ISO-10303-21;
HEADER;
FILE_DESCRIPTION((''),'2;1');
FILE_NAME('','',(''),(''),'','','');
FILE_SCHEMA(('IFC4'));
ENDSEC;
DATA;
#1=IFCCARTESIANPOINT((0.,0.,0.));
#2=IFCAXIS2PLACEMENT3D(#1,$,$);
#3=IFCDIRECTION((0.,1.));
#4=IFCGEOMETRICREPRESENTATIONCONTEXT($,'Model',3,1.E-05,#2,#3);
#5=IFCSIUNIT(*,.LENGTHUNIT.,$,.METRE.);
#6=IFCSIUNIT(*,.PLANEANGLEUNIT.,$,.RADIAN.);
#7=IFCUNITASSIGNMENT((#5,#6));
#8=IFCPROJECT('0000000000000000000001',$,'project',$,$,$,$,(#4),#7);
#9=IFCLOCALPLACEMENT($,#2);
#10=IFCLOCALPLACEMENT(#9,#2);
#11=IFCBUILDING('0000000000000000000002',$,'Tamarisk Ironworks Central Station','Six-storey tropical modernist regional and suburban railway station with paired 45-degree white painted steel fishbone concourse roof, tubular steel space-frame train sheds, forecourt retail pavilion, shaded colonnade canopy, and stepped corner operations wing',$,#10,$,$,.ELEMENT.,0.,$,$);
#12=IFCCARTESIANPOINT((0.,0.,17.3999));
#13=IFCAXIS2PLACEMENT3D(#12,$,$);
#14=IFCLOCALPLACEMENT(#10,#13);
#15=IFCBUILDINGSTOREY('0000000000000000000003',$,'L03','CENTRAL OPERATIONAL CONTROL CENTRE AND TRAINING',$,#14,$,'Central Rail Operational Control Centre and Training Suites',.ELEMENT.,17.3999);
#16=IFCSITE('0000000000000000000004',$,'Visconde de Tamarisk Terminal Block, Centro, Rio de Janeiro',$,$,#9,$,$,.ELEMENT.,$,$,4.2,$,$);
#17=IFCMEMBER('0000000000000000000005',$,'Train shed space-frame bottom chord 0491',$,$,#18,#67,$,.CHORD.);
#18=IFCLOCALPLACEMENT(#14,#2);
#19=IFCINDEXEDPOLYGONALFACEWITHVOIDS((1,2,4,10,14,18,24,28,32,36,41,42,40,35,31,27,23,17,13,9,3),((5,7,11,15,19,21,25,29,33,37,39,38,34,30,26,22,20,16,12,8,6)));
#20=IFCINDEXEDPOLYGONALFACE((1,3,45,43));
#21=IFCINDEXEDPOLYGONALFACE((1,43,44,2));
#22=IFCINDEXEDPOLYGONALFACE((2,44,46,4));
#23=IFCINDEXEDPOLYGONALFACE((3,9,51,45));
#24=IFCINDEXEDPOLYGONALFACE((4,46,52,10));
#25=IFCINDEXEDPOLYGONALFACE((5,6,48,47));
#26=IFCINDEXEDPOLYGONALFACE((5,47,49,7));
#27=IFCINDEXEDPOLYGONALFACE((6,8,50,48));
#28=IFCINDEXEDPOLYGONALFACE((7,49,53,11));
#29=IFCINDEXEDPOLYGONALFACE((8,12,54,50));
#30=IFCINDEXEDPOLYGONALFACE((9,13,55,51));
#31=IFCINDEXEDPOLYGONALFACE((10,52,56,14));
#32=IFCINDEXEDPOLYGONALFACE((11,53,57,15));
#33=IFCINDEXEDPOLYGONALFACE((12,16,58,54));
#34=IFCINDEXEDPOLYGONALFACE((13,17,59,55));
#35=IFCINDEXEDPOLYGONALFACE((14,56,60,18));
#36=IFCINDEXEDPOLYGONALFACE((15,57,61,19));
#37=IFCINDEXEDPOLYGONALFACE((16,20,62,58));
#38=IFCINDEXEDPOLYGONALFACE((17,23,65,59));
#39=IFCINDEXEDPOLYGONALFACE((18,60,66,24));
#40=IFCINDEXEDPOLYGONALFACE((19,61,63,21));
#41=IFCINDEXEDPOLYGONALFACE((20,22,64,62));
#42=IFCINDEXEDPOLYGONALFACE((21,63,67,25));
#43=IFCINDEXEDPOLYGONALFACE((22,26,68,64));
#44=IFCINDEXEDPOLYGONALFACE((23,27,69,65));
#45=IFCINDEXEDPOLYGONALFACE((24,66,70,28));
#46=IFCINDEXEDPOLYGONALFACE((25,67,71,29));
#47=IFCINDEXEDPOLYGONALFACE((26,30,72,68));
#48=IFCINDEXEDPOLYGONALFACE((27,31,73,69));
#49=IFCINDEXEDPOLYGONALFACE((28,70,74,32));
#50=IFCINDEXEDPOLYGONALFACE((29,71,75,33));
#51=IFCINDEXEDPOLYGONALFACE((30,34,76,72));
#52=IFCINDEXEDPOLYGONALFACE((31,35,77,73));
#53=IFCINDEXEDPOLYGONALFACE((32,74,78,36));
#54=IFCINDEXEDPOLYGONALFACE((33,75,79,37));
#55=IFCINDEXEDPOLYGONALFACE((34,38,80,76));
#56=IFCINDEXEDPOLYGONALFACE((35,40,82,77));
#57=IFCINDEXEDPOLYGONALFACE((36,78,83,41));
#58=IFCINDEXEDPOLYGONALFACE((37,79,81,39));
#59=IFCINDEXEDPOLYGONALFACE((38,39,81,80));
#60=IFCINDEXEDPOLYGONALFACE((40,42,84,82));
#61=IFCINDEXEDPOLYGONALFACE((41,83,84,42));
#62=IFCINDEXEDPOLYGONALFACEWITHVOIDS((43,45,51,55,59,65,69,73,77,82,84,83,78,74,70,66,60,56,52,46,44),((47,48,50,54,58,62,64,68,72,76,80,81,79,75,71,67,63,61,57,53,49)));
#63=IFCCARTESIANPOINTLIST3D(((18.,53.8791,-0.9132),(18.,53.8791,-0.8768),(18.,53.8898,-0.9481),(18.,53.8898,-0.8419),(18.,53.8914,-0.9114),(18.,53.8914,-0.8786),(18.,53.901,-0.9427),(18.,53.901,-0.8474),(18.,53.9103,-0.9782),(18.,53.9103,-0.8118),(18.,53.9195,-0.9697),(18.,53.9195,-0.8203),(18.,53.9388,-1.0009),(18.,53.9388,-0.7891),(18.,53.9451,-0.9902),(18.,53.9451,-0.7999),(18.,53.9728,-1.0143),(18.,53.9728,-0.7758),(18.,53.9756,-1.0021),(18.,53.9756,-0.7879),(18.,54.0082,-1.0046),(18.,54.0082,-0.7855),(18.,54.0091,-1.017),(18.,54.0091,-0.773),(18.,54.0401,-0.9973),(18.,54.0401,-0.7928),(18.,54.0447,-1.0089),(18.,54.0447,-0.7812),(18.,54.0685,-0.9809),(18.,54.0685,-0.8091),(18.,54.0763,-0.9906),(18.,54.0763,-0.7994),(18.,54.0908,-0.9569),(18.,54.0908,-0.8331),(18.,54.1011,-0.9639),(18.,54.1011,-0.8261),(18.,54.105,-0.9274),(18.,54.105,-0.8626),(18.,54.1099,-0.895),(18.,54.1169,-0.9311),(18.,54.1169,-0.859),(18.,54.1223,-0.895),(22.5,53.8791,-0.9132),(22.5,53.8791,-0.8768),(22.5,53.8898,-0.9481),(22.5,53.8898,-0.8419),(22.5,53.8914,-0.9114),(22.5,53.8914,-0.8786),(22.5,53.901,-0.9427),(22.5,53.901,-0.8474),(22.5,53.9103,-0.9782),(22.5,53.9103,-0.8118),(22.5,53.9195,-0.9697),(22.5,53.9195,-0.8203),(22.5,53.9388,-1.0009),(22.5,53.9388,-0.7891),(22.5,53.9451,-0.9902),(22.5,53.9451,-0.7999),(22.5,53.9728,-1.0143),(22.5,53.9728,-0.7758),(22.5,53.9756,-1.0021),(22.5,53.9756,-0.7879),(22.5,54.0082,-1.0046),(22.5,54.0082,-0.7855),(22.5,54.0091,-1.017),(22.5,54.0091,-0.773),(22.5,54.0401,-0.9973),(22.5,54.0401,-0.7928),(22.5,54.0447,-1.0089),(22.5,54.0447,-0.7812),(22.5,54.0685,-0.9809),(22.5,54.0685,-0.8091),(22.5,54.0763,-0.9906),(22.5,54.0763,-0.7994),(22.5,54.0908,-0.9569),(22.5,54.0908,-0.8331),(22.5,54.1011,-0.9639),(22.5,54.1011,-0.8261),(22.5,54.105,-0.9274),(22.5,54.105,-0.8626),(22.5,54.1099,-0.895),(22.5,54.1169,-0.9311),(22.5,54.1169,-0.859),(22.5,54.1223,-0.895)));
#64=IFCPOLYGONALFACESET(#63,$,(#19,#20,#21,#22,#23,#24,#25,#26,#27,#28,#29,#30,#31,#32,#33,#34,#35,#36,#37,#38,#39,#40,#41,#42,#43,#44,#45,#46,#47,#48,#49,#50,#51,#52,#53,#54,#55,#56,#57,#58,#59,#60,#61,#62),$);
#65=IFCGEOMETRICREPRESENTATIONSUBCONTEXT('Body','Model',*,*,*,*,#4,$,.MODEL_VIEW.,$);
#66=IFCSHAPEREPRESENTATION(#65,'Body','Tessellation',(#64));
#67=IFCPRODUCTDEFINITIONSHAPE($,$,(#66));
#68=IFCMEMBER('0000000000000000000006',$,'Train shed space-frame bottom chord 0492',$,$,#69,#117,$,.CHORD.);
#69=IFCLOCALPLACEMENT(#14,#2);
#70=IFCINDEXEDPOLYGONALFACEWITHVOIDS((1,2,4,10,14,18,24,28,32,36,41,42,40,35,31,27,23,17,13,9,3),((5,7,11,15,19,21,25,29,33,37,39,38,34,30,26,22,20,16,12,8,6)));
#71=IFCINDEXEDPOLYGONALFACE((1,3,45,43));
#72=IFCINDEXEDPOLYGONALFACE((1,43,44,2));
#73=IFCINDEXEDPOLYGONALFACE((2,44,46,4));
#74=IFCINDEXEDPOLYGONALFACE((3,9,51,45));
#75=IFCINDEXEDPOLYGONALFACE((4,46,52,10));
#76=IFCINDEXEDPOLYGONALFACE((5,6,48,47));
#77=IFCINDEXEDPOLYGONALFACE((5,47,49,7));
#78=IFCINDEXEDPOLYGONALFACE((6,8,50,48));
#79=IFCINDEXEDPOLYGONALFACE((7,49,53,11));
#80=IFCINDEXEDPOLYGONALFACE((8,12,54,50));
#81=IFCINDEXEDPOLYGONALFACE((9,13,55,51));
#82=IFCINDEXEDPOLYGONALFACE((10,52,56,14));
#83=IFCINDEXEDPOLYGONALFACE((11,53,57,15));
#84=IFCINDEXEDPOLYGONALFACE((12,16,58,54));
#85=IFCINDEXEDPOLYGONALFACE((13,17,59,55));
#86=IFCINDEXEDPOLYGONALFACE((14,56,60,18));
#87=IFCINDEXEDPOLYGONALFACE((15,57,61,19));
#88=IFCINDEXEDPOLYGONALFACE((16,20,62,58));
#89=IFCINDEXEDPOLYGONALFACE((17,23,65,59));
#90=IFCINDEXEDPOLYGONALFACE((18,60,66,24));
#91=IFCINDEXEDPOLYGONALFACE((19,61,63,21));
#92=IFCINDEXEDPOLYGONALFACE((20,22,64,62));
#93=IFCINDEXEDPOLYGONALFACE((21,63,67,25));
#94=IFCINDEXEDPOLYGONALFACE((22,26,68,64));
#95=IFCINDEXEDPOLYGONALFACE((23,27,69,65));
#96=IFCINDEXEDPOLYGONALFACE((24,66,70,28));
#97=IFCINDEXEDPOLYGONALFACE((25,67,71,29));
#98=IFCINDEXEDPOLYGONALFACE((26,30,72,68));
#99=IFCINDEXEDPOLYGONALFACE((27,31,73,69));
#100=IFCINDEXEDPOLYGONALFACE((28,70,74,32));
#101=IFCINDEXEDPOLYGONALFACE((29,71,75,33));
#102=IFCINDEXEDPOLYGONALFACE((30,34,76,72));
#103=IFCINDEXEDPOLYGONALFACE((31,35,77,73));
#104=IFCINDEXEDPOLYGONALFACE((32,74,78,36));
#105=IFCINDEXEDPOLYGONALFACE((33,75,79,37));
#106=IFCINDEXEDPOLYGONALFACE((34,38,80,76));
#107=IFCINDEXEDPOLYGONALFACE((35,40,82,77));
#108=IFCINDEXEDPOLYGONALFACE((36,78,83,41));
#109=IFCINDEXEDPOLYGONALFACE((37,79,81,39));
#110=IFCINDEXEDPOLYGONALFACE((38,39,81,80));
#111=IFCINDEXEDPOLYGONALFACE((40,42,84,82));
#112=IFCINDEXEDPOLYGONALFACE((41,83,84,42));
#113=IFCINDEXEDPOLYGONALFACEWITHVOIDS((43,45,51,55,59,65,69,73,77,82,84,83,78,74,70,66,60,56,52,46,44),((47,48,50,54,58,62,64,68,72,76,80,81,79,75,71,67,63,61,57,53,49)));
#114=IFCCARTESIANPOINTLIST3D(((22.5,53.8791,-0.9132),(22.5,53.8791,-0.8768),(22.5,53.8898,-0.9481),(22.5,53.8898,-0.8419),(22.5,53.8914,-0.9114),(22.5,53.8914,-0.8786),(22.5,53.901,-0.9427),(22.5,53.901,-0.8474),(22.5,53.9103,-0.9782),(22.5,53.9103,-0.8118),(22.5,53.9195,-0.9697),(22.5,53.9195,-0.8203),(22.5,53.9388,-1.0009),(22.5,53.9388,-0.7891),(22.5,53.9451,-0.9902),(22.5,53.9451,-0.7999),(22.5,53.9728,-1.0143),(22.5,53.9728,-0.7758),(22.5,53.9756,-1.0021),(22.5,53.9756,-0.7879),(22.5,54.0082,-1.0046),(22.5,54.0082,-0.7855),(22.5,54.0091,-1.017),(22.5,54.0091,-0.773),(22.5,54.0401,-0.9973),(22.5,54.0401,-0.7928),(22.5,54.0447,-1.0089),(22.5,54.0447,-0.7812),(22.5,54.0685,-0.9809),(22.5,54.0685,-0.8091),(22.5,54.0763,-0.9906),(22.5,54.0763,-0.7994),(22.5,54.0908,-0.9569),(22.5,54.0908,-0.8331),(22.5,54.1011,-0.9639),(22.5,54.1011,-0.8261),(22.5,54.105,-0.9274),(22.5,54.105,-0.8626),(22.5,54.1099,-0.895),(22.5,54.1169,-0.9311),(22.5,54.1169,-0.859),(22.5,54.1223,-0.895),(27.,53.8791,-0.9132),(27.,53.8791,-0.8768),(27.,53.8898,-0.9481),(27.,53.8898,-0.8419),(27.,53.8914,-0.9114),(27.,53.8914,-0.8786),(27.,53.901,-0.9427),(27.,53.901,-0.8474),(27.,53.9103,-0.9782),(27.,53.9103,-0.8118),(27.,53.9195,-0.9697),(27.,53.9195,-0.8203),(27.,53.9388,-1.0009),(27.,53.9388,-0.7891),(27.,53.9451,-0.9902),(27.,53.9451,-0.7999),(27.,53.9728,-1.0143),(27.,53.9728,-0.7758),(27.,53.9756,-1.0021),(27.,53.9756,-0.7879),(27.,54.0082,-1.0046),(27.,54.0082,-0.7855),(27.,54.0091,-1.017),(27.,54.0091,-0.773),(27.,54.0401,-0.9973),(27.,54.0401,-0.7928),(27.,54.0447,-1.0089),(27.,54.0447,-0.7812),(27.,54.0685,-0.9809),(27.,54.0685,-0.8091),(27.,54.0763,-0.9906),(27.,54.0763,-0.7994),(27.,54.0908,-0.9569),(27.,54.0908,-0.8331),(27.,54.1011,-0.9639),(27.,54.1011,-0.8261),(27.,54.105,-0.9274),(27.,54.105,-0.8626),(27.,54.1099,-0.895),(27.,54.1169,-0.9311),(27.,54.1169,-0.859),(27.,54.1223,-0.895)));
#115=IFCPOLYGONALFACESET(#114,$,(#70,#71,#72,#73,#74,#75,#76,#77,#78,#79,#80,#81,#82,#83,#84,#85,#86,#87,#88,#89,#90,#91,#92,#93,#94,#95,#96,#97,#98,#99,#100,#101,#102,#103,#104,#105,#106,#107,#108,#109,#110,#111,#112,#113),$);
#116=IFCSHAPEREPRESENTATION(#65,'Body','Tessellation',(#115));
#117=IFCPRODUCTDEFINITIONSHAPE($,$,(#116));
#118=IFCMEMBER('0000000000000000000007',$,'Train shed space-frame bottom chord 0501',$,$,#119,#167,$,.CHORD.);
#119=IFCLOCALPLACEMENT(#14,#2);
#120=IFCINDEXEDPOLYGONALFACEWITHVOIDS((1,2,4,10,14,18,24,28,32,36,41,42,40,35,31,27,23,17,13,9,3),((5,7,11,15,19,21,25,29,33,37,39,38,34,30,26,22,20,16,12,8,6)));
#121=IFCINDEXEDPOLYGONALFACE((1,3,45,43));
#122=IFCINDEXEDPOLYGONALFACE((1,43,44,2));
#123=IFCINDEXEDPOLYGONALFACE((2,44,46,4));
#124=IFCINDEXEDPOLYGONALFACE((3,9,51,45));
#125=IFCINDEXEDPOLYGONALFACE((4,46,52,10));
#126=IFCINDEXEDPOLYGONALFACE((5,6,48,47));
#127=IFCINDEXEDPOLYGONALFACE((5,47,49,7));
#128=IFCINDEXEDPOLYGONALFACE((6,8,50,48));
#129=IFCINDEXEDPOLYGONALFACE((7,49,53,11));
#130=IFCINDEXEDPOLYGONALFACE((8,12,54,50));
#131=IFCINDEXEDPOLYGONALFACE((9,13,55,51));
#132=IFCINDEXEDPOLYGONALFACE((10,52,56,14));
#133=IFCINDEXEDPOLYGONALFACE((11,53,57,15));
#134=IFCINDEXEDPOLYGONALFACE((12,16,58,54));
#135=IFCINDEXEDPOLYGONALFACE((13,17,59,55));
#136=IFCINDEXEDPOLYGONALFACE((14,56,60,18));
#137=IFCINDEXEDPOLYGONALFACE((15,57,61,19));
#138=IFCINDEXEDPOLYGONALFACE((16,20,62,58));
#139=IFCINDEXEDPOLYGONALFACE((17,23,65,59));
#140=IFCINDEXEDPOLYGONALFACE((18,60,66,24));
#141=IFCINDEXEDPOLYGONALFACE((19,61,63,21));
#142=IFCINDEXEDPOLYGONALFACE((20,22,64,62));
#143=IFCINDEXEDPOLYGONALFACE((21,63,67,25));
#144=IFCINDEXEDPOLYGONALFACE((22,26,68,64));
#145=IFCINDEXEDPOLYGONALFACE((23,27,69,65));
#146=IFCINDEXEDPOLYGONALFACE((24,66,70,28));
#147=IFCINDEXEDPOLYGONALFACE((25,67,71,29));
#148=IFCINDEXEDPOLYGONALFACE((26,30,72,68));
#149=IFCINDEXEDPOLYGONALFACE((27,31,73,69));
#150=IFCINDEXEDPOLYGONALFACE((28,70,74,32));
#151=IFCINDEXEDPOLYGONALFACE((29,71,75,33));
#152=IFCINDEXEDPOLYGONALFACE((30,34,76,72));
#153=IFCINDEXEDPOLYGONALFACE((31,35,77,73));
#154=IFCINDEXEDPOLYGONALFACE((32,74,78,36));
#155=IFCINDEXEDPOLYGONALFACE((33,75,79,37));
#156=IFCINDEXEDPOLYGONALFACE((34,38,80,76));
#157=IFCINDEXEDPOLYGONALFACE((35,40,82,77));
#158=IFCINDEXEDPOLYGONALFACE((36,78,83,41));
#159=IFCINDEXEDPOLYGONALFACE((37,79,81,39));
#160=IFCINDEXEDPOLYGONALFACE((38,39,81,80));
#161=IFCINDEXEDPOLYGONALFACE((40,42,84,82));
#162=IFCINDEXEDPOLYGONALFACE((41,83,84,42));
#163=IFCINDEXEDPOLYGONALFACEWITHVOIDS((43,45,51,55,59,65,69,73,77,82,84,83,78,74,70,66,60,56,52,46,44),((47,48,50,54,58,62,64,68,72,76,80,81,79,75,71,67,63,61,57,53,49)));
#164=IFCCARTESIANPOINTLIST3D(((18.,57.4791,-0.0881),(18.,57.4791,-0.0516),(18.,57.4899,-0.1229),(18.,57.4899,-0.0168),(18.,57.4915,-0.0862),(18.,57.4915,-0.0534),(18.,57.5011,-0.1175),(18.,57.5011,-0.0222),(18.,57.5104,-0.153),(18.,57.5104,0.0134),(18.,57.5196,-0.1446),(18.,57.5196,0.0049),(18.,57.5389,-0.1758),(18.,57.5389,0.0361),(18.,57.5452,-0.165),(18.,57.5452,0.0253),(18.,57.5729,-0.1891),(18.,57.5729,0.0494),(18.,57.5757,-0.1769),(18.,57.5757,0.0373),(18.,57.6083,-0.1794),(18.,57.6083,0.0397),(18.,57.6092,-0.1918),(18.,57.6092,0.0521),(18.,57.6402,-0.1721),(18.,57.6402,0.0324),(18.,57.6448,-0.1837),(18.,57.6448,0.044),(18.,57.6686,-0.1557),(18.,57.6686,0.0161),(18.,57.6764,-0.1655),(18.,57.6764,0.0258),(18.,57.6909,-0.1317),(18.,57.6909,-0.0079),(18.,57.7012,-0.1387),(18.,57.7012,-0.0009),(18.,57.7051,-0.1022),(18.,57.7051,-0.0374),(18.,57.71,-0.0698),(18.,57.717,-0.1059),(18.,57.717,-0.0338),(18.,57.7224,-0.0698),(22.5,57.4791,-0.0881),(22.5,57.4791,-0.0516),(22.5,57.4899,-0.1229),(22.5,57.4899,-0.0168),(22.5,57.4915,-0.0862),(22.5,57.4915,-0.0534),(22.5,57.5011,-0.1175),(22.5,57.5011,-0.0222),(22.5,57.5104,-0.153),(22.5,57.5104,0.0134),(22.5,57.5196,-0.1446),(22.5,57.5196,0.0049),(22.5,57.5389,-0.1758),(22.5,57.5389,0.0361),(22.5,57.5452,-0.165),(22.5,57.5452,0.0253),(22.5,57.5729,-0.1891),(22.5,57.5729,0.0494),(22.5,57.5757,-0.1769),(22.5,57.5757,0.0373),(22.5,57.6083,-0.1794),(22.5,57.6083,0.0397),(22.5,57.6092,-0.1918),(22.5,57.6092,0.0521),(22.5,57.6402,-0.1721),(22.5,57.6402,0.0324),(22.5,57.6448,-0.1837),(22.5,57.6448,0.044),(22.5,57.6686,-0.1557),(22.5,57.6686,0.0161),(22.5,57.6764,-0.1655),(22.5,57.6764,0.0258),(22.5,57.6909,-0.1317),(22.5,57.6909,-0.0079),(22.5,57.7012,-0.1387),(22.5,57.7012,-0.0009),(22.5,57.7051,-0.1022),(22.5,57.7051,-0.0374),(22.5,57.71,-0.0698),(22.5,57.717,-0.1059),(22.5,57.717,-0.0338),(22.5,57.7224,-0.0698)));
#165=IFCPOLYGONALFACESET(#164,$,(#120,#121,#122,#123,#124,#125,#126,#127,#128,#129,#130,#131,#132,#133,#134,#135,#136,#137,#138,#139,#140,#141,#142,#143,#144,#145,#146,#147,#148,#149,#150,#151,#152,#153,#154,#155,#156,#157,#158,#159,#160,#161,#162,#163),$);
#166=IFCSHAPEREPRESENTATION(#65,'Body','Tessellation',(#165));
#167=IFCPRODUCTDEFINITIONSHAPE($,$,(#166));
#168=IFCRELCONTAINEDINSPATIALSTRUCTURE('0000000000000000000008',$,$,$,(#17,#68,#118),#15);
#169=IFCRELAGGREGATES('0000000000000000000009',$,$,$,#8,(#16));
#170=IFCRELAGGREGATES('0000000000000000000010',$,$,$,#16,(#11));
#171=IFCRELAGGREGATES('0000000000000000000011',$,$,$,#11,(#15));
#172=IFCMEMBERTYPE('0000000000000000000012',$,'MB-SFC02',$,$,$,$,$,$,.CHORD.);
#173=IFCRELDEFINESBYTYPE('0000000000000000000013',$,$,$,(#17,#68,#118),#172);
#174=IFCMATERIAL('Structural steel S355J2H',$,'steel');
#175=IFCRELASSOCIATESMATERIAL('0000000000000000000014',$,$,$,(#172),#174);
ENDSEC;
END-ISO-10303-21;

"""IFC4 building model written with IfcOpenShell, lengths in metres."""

from ifc_helpers import new_model, si_unit, direction, frame, origin, origin_2d, place, context, subcontext, project, spatial, hollow_circle, extrude, material, material_profile, profile_set, type_object, element, save


model = new_model("IFC4")

# Units and contexts
model_context = context("Model", 3, precision=1e-05, world=origin(), true_north=direction((0.0, 1.0)))
body_context = subcontext(model_context, "Body", "Model", "MODEL_VIEW")
ifc_project = project(units=[si_unit("LENGTHUNIT", "METRE"), si_unit("PLANEANGLEUNIT", "RADIAN")], contexts=[model_context])

# Site, building, storey
site_placement = place(None, origin())
site = spatial("IfcSite", under=ifc_project, at=site_placement, Name="Visconde de Tamarisk Terminal Block, Centro, Rio de Janeiro", CompositionType="ELEMENT", RefElevation=4.2)
building_placement = place(site_placement, origin())
building = spatial("IfcBuilding", under=site, at=building_placement, Name="Tamarisk Ironworks Central Station", Description="Six-storey tropical modernist regional and suburban railway station with paired 45-degree white painted steel fishbone concourse roof, tubular steel space-frame train sheds, forecourt retail pavilion, shaded colonnade canopy, and stepped corner operations wing", CompositionType="ELEMENT", ElevationOfRefHeight=0.0)
storey_placement = place(building_placement, frame((0.0, 0.0, 17.3999)))
storey = spatial("IfcBuildingStorey", under=building, at=storey_placement, Name="L03", Description="CENTRAL OPERATIONAL CONTROL CENTRE AND TRAINING", LongName="Central Rail Operational Control Centre and Training Suites", CompositionType="ELEMENT", Elevation=17.3999)

# Members
ifc_material_1 = material(Name="Structural steel S355J2H", Category="steel")
ifc_material_profile_1 = material_profile(ifc_material_1, hollow_circle(Radius=0.1223, WallThickness=0.0125, at=origin_2d()), Name="CHS 244.5x12.5")
ifc_profile_set_1 = profile_set([ifc_material_profile_1], Name="Structural steel S355J2H")
member_type_1 = type_object("IfcMemberType", Name="MB-SFC02", PredefinedType="CHORD", material=ifc_profile_set_1)
for number, where, z_axis, x_axis, name in (
    (1, (18.0, 54.0, -0.895), (1.0, 0.0, 0.0), (0.0, 1.0, 0.0), "Train shed space-frame bottom chord 0491"),
    (2, (22.5, 54.0, -0.895), (1.0, 0.0, 0.0), (0.0, 1.0, 0.0), "Train shed space-frame bottom chord 0492"),
    (3, (18.0, 57.6001, -0.0698), (1.0, 0.0, 0.0), (0.0, 1.0, 0.0), "Train shed space-frame bottom chord 0501"),
):
    element("IfcMember", number, at=place(storey_placement, frame(where, z_axis=z_axis, x_axis=x_axis)), inside=storey, type_object=member_type_1, Name=name, PredefinedType="CHORD", context=body_context, shape_type="SweptSolid", body=[
        extrude(hollow_circle(Radius=0.1223, WallThickness=0.0125, at=origin_2d()), origin(), (0.0, 0.0, 1.0), 4.5),
    ])

save(model, "model.ifc")
